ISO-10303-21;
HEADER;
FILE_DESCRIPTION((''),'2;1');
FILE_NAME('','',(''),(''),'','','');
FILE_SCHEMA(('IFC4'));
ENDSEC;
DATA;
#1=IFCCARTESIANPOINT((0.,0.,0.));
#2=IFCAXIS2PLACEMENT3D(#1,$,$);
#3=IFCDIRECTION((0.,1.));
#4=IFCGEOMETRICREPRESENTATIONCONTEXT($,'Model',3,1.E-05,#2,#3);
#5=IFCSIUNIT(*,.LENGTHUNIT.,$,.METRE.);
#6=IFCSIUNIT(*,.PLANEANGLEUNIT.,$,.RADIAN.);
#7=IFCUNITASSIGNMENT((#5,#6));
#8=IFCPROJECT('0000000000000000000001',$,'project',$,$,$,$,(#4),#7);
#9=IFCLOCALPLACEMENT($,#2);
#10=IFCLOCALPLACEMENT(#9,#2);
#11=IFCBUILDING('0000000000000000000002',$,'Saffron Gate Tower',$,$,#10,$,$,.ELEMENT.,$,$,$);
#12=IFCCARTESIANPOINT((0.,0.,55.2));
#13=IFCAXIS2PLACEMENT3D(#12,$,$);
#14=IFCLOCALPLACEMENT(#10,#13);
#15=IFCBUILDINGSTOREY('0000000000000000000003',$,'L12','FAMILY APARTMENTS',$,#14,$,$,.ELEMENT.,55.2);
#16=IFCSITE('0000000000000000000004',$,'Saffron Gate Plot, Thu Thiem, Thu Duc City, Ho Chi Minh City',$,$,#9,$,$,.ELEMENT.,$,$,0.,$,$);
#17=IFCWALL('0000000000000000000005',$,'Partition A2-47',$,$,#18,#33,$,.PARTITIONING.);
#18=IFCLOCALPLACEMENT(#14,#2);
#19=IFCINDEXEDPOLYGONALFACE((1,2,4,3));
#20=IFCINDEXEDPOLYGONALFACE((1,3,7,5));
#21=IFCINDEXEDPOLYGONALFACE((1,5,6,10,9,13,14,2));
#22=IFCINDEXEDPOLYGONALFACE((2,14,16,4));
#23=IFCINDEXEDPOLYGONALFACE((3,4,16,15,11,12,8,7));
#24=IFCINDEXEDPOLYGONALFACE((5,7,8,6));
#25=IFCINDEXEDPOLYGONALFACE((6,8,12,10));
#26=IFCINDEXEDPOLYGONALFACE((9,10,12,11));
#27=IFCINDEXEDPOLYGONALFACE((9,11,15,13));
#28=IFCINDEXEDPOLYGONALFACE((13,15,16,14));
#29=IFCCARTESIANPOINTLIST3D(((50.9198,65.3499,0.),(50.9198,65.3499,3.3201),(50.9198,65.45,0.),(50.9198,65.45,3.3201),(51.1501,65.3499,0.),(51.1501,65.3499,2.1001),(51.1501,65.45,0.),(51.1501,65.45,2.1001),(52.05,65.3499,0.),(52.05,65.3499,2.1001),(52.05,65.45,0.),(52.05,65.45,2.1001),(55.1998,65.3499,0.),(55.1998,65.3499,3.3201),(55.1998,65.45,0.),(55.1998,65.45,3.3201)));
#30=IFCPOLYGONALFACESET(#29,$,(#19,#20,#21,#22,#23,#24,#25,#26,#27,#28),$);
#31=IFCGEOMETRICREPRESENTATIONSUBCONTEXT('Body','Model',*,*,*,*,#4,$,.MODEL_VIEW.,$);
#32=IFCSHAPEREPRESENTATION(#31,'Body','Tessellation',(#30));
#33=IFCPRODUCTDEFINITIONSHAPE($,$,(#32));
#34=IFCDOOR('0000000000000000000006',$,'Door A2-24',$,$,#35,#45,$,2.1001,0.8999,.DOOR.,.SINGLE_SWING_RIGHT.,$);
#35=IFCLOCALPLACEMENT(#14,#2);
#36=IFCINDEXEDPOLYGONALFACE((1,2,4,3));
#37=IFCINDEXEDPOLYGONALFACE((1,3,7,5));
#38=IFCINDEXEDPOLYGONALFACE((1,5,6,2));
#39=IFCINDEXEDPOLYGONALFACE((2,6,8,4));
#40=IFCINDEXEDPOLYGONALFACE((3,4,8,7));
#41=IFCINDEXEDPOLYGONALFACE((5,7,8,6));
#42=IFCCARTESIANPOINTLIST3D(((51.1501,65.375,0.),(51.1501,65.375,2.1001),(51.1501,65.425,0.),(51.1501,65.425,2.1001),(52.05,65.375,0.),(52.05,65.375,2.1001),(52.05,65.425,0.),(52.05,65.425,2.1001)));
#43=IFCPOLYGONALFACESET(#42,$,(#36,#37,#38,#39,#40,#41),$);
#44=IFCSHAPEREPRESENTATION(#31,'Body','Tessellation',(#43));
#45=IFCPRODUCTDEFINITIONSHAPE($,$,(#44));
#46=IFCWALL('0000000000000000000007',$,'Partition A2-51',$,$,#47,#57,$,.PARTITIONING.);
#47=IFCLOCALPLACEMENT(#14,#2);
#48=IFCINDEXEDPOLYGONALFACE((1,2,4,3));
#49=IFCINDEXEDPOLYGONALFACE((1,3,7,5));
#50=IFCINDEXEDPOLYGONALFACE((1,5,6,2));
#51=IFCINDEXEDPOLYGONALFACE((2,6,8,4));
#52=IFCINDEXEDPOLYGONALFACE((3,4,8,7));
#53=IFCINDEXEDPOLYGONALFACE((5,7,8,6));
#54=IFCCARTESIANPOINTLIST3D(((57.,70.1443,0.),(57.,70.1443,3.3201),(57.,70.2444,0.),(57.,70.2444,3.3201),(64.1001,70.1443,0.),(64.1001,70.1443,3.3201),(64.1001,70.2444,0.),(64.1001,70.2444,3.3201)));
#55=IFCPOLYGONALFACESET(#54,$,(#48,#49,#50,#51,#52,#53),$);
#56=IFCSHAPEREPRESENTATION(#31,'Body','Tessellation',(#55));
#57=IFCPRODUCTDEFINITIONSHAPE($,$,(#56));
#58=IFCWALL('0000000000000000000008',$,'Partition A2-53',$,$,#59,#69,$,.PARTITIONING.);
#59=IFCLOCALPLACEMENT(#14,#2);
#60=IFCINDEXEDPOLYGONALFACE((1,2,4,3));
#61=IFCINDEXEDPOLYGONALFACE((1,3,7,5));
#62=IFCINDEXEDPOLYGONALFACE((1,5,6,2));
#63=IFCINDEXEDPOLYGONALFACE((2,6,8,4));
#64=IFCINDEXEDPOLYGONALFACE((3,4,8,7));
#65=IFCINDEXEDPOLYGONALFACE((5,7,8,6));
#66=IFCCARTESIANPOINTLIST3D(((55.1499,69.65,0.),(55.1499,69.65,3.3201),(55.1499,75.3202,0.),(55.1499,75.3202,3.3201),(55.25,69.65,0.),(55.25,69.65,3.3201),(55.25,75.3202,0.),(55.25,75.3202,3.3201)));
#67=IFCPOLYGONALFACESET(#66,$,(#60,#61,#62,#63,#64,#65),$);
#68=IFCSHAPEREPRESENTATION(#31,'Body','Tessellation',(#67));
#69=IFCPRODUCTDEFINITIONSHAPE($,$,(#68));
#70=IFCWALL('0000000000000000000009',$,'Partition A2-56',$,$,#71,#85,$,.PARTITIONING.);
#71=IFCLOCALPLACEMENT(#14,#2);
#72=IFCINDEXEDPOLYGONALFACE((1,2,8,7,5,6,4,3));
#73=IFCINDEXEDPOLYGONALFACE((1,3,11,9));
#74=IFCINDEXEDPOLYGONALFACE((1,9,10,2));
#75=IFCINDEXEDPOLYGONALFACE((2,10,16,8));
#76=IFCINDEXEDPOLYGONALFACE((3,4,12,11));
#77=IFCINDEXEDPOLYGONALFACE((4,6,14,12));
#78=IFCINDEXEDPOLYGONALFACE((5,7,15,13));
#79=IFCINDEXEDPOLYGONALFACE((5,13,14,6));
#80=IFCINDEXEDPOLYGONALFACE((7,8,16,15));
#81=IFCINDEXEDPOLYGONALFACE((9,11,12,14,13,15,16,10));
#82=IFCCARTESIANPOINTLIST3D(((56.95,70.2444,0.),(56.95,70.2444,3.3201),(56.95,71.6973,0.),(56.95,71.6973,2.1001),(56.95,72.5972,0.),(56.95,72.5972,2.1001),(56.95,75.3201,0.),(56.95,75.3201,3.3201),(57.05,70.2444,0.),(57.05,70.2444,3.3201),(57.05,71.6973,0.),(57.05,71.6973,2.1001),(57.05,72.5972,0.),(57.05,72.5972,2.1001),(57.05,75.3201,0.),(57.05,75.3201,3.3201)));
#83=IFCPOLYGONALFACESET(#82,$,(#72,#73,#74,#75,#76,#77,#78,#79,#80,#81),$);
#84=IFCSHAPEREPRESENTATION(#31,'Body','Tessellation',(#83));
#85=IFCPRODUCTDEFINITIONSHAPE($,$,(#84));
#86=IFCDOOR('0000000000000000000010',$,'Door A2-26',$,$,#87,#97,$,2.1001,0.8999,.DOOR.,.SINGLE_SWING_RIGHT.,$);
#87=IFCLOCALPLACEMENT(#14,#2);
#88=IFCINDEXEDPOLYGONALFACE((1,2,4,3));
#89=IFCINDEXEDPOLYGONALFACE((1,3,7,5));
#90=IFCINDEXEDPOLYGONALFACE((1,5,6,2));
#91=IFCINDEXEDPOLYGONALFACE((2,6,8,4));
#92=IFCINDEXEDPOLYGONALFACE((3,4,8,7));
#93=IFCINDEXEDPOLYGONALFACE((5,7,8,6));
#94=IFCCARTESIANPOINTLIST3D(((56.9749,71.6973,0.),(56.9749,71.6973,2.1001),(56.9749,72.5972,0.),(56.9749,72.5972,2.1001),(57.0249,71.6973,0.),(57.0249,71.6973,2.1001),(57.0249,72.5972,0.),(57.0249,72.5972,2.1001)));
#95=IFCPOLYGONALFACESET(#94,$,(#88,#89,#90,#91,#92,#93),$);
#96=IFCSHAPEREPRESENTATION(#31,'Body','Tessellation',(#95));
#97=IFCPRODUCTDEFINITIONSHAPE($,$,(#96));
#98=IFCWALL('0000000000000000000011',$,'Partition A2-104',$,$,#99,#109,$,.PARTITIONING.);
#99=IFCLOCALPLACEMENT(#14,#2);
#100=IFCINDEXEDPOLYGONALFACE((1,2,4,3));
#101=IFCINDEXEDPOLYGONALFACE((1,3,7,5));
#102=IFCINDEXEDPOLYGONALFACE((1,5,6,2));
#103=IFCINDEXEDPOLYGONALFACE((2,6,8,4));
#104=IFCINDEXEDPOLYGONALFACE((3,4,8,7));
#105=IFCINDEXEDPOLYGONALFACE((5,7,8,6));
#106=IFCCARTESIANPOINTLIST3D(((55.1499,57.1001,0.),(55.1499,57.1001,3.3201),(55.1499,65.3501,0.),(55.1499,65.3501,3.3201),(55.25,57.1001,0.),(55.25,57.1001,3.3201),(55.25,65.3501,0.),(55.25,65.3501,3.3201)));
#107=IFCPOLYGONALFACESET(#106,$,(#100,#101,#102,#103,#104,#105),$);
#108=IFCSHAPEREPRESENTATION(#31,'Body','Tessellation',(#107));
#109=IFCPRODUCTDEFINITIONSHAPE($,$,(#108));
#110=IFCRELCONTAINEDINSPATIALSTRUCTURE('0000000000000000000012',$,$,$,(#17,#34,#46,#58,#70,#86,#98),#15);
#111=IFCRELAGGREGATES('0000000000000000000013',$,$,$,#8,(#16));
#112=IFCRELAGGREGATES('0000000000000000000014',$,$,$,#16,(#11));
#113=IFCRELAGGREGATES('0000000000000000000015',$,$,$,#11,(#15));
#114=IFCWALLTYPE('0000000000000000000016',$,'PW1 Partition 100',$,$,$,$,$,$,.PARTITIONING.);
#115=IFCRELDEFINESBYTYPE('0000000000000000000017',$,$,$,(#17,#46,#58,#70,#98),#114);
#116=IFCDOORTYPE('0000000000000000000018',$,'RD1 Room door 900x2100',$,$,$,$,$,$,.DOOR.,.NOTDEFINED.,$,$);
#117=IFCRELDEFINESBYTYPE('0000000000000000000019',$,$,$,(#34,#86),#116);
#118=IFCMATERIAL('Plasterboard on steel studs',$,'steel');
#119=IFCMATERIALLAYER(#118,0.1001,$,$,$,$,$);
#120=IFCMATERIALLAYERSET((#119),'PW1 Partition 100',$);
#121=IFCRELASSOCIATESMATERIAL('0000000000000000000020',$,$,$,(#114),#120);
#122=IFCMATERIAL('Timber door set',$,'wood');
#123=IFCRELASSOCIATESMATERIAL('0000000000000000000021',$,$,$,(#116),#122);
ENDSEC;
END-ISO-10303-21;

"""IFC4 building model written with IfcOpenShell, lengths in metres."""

from ifc_helpers import new_model, si_unit, direction, frame, frame_2d, origin, place, context, subcontext, project, spatial, rectangle, extrude, material, layer, layer_set, type_object, element, fill, save


model = new_model("IFC4")

# Units and contexts
model_context = context("Model", 3, precision=1e-05, world=origin(), true_north=direction((0.0, 1.0)))
body_context = subcontext(model_context, "Body", "Model", "MODEL_VIEW")
ifc_project = project(units=[si_unit("LENGTHUNIT", "METRE"), si_unit("PLANEANGLEUNIT", "RADIAN")], contexts=[model_context])

# Site, building, storey
site_placement = place(None, origin())
site = spatial("IfcSite", under=ifc_project, at=site_placement, Name="Saffron Gate Plot, Thu Thiem, Thu Duc City, Ho Chi Minh City", CompositionType="ELEMENT", RefElevation=0.0)
building_placement = place(site_placement, origin())
building = spatial("IfcBuilding", under=site, at=building_placement, Name="Saffron Gate Tower", CompositionType="ELEMENT")
storey_placement = place(building_placement, frame((0.0, 0.0, 55.2)))
storey = spatial("IfcBuildingStorey", under=building, at=storey_placement, Name="L12", Description="FAMILY APARTMENTS", CompositionType="ELEMENT", Elevation=55.2)

# Wall, opening, door
ifc_material_1 = material(Name="Plasterboard on steel studs", Category="steel")
ifc_layer_1 = layer(ifc_material_1, 0.1001)
ifc_layer_set_1 = layer_set([ifc_layer_1], Name="PW1 Partition 100")
wall_type_1 = type_object("IfcWallType", Name="PW1 Partition 100", PredefinedType="PARTITIONING", material=ifc_layer_set_1)
wall_1_placement = place(storey_placement, frame((55.2, 65.3999, 0.0), z_axis=(0.0, 0.0, 1.0), x_axis=(-1.0, 0.0, 0.0)))
wall_1 = element("IfcWall", 1, at=wall_1_placement, inside=storey, type_object=wall_type_1, Name="Partition A2-47", PredefinedType="PARTITIONING", context=body_context, shape_type="SweptSolid", body=[
    extrude(rectangle(XDim=4.28, YDim=0.1001, at=frame_2d((2.1401, 0.0))), origin(), (0.0, 0.0, 1.0), 3.3201),
])
opening_1_placement = place(wall_1_placement, frame((3.1499, 0.0, 0.0)))
opening_1 = element("IfcOpeningElement", 2, at=opening_1_placement, cuts=wall_1, PredefinedType="OPENING", context=body_context, shape_type="SweptSolid", body=[
    extrude(rectangle(XDim=0.8999, YDim=2.1001, at=frame_2d((0.45, 1.05))), frame((0.0, 0.0601, 0.0), z_axis=(0.0, -1.0, 0.0), x_axis=(1.0, 0.0, 0.0)), (0.0, 0.0, 1.0), 0.1201),
])
ifc_material_2 = material(Name="Timber door set", Category="wood")
door_type_1 = type_object("IfcDoorType", Name="RD1 Room door 900x2100", OperationType="NOTDEFINED", PredefinedType="DOOR", material=ifc_material_2)
door_1_placement = place(opening_1_placement, origin())
door_1 = element("IfcDoor", 3, at=door_1_placement, inside=storey, type_object=door_type_1, Name="Door A2-24", OperationType="SINGLE_SWING_RIGHT", OverallHeight=2.1001, OverallWidth=0.8999, PredefinedType="DOOR", context=body_context, shape_type="SweptSolid", body=[
    extrude(rectangle(XDim=0.8999, YDim=2.1001, at=frame_2d((0.45, 1.05))), frame((0.0, 0.0249, 0.0), z_axis=(0.0, -1.0, 0.0), x_axis=(1.0, 0.0, 0.0)), (0.0, 0.0, 1.0), 0.05),
])
fill(opening_1, door_1)

# Walls
wall_2_placement = place(storey_placement, frame((57.0, 70.1943, 0.0), z_axis=(0.0, 0.0, 1.0), x_axis=(1.0, 0.0, 0.0)))
element("IfcWall", 4, at=wall_2_placement, inside=storey, type_object=wall_type_1, Name="Partition A2-51", PredefinedType="PARTITIONING", context=body_context, shape_type="SweptSolid", body=[
    extrude(rectangle(XDim=7.1001, YDim=0.1001, at=frame_2d((3.55, 0.0))), origin(), (0.0, 0.0, 1.0), 3.3201),
])
wall_3_placement = place(storey_placement, frame((55.2, 75.3201, 0.0), z_axis=(0.0, 0.0, 1.0), x_axis=(0.0, -1.0, 0.0)))
element("IfcWall", 5, at=wall_3_placement, inside=storey, type_object=wall_type_1, Name="Partition A2-53", PredefinedType="PARTITIONING", context=body_context, shape_type="SweptSolid", body=[
    extrude(rectangle(XDim=5.6702, YDim=0.1001, at=frame_2d((2.835, 0.0))), origin(), (0.0, 0.0, 1.0), 3.3201),
])

# Wall, opening, door
wall_4_placement = place(storey_placement, frame((57.0, 75.3201, 0.0), z_axis=(0.0, 0.0, 1.0), x_axis=(0.0, -1.0, 0.0)))
wall_4 = element("IfcWall", 6, at=wall_4_placement, inside=storey, type_object=wall_type_1, Name="Partition A2-56", PredefinedType="PARTITIONING", context=body_context, shape_type="SweptSolid", body=[
    extrude(rectangle(XDim=5.0757, YDim=0.1001, at=frame_2d((2.5378, 0.0))), origin(), (0.0, 0.0, 1.0), 3.3201),
])
opening_2_placement = place(wall_4_placement, frame((2.7229, 0.0, 0.0)))
opening_2 = element("IfcOpeningElement", 7, at=opening_2_placement, cuts=wall_4, PredefinedType="OPENING", context=body_context, shape_type="SweptSolid", body=[
    extrude(rectangle(XDim=0.8999, YDim=2.1001, at=frame_2d((0.45, 1.05))), frame((0.0, 0.0601, 0.0), z_axis=(0.0, -1.0, 0.0), x_axis=(1.0, 0.0, 0.0)), (0.0, 0.0, 1.0), 0.1201),
])
door_2_placement = place(opening_2_placement, origin())
door_2 = element("IfcDoor", 8, at=door_2_placement, inside=storey, type_object=door_type_1, Name="Door A2-26", OperationType="SINGLE_SWING_RIGHT", OverallHeight=2.1001, OverallWidth=0.8999, PredefinedType="DOOR", context=body_context, shape_type="SweptSolid", body=[
    extrude(rectangle(XDim=0.8999, YDim=2.1001, at=frame_2d((0.45, 1.05))), frame((0.0, 0.0249, 0.0), z_axis=(0.0, -1.0, 0.0), x_axis=(1.0, 0.0, 0.0)), (0.0, 0.0, 1.0), 0.05),
])
fill(opening_2, door_2)

# Wall
wall_5_placement = place(storey_placement, frame((55.2, 65.3501, 0.0), z_axis=(0.0, 0.0, 1.0), x_axis=(0.0, -1.0, 0.0)))
element("IfcWall", 9, at=wall_5_placement, inside=storey, type_object=wall_type_1, Name="Partition A2-104", PredefinedType="PARTITIONING", context=body_context, shape_type="SweptSolid", body=[
    extrude(rectangle(XDim=8.25, YDim=0.1001, at=frame_2d((4.125, 0.0))), origin(), (0.0, 0.0, 1.0), 3.3201),
])

save(model, "model.ifc")
